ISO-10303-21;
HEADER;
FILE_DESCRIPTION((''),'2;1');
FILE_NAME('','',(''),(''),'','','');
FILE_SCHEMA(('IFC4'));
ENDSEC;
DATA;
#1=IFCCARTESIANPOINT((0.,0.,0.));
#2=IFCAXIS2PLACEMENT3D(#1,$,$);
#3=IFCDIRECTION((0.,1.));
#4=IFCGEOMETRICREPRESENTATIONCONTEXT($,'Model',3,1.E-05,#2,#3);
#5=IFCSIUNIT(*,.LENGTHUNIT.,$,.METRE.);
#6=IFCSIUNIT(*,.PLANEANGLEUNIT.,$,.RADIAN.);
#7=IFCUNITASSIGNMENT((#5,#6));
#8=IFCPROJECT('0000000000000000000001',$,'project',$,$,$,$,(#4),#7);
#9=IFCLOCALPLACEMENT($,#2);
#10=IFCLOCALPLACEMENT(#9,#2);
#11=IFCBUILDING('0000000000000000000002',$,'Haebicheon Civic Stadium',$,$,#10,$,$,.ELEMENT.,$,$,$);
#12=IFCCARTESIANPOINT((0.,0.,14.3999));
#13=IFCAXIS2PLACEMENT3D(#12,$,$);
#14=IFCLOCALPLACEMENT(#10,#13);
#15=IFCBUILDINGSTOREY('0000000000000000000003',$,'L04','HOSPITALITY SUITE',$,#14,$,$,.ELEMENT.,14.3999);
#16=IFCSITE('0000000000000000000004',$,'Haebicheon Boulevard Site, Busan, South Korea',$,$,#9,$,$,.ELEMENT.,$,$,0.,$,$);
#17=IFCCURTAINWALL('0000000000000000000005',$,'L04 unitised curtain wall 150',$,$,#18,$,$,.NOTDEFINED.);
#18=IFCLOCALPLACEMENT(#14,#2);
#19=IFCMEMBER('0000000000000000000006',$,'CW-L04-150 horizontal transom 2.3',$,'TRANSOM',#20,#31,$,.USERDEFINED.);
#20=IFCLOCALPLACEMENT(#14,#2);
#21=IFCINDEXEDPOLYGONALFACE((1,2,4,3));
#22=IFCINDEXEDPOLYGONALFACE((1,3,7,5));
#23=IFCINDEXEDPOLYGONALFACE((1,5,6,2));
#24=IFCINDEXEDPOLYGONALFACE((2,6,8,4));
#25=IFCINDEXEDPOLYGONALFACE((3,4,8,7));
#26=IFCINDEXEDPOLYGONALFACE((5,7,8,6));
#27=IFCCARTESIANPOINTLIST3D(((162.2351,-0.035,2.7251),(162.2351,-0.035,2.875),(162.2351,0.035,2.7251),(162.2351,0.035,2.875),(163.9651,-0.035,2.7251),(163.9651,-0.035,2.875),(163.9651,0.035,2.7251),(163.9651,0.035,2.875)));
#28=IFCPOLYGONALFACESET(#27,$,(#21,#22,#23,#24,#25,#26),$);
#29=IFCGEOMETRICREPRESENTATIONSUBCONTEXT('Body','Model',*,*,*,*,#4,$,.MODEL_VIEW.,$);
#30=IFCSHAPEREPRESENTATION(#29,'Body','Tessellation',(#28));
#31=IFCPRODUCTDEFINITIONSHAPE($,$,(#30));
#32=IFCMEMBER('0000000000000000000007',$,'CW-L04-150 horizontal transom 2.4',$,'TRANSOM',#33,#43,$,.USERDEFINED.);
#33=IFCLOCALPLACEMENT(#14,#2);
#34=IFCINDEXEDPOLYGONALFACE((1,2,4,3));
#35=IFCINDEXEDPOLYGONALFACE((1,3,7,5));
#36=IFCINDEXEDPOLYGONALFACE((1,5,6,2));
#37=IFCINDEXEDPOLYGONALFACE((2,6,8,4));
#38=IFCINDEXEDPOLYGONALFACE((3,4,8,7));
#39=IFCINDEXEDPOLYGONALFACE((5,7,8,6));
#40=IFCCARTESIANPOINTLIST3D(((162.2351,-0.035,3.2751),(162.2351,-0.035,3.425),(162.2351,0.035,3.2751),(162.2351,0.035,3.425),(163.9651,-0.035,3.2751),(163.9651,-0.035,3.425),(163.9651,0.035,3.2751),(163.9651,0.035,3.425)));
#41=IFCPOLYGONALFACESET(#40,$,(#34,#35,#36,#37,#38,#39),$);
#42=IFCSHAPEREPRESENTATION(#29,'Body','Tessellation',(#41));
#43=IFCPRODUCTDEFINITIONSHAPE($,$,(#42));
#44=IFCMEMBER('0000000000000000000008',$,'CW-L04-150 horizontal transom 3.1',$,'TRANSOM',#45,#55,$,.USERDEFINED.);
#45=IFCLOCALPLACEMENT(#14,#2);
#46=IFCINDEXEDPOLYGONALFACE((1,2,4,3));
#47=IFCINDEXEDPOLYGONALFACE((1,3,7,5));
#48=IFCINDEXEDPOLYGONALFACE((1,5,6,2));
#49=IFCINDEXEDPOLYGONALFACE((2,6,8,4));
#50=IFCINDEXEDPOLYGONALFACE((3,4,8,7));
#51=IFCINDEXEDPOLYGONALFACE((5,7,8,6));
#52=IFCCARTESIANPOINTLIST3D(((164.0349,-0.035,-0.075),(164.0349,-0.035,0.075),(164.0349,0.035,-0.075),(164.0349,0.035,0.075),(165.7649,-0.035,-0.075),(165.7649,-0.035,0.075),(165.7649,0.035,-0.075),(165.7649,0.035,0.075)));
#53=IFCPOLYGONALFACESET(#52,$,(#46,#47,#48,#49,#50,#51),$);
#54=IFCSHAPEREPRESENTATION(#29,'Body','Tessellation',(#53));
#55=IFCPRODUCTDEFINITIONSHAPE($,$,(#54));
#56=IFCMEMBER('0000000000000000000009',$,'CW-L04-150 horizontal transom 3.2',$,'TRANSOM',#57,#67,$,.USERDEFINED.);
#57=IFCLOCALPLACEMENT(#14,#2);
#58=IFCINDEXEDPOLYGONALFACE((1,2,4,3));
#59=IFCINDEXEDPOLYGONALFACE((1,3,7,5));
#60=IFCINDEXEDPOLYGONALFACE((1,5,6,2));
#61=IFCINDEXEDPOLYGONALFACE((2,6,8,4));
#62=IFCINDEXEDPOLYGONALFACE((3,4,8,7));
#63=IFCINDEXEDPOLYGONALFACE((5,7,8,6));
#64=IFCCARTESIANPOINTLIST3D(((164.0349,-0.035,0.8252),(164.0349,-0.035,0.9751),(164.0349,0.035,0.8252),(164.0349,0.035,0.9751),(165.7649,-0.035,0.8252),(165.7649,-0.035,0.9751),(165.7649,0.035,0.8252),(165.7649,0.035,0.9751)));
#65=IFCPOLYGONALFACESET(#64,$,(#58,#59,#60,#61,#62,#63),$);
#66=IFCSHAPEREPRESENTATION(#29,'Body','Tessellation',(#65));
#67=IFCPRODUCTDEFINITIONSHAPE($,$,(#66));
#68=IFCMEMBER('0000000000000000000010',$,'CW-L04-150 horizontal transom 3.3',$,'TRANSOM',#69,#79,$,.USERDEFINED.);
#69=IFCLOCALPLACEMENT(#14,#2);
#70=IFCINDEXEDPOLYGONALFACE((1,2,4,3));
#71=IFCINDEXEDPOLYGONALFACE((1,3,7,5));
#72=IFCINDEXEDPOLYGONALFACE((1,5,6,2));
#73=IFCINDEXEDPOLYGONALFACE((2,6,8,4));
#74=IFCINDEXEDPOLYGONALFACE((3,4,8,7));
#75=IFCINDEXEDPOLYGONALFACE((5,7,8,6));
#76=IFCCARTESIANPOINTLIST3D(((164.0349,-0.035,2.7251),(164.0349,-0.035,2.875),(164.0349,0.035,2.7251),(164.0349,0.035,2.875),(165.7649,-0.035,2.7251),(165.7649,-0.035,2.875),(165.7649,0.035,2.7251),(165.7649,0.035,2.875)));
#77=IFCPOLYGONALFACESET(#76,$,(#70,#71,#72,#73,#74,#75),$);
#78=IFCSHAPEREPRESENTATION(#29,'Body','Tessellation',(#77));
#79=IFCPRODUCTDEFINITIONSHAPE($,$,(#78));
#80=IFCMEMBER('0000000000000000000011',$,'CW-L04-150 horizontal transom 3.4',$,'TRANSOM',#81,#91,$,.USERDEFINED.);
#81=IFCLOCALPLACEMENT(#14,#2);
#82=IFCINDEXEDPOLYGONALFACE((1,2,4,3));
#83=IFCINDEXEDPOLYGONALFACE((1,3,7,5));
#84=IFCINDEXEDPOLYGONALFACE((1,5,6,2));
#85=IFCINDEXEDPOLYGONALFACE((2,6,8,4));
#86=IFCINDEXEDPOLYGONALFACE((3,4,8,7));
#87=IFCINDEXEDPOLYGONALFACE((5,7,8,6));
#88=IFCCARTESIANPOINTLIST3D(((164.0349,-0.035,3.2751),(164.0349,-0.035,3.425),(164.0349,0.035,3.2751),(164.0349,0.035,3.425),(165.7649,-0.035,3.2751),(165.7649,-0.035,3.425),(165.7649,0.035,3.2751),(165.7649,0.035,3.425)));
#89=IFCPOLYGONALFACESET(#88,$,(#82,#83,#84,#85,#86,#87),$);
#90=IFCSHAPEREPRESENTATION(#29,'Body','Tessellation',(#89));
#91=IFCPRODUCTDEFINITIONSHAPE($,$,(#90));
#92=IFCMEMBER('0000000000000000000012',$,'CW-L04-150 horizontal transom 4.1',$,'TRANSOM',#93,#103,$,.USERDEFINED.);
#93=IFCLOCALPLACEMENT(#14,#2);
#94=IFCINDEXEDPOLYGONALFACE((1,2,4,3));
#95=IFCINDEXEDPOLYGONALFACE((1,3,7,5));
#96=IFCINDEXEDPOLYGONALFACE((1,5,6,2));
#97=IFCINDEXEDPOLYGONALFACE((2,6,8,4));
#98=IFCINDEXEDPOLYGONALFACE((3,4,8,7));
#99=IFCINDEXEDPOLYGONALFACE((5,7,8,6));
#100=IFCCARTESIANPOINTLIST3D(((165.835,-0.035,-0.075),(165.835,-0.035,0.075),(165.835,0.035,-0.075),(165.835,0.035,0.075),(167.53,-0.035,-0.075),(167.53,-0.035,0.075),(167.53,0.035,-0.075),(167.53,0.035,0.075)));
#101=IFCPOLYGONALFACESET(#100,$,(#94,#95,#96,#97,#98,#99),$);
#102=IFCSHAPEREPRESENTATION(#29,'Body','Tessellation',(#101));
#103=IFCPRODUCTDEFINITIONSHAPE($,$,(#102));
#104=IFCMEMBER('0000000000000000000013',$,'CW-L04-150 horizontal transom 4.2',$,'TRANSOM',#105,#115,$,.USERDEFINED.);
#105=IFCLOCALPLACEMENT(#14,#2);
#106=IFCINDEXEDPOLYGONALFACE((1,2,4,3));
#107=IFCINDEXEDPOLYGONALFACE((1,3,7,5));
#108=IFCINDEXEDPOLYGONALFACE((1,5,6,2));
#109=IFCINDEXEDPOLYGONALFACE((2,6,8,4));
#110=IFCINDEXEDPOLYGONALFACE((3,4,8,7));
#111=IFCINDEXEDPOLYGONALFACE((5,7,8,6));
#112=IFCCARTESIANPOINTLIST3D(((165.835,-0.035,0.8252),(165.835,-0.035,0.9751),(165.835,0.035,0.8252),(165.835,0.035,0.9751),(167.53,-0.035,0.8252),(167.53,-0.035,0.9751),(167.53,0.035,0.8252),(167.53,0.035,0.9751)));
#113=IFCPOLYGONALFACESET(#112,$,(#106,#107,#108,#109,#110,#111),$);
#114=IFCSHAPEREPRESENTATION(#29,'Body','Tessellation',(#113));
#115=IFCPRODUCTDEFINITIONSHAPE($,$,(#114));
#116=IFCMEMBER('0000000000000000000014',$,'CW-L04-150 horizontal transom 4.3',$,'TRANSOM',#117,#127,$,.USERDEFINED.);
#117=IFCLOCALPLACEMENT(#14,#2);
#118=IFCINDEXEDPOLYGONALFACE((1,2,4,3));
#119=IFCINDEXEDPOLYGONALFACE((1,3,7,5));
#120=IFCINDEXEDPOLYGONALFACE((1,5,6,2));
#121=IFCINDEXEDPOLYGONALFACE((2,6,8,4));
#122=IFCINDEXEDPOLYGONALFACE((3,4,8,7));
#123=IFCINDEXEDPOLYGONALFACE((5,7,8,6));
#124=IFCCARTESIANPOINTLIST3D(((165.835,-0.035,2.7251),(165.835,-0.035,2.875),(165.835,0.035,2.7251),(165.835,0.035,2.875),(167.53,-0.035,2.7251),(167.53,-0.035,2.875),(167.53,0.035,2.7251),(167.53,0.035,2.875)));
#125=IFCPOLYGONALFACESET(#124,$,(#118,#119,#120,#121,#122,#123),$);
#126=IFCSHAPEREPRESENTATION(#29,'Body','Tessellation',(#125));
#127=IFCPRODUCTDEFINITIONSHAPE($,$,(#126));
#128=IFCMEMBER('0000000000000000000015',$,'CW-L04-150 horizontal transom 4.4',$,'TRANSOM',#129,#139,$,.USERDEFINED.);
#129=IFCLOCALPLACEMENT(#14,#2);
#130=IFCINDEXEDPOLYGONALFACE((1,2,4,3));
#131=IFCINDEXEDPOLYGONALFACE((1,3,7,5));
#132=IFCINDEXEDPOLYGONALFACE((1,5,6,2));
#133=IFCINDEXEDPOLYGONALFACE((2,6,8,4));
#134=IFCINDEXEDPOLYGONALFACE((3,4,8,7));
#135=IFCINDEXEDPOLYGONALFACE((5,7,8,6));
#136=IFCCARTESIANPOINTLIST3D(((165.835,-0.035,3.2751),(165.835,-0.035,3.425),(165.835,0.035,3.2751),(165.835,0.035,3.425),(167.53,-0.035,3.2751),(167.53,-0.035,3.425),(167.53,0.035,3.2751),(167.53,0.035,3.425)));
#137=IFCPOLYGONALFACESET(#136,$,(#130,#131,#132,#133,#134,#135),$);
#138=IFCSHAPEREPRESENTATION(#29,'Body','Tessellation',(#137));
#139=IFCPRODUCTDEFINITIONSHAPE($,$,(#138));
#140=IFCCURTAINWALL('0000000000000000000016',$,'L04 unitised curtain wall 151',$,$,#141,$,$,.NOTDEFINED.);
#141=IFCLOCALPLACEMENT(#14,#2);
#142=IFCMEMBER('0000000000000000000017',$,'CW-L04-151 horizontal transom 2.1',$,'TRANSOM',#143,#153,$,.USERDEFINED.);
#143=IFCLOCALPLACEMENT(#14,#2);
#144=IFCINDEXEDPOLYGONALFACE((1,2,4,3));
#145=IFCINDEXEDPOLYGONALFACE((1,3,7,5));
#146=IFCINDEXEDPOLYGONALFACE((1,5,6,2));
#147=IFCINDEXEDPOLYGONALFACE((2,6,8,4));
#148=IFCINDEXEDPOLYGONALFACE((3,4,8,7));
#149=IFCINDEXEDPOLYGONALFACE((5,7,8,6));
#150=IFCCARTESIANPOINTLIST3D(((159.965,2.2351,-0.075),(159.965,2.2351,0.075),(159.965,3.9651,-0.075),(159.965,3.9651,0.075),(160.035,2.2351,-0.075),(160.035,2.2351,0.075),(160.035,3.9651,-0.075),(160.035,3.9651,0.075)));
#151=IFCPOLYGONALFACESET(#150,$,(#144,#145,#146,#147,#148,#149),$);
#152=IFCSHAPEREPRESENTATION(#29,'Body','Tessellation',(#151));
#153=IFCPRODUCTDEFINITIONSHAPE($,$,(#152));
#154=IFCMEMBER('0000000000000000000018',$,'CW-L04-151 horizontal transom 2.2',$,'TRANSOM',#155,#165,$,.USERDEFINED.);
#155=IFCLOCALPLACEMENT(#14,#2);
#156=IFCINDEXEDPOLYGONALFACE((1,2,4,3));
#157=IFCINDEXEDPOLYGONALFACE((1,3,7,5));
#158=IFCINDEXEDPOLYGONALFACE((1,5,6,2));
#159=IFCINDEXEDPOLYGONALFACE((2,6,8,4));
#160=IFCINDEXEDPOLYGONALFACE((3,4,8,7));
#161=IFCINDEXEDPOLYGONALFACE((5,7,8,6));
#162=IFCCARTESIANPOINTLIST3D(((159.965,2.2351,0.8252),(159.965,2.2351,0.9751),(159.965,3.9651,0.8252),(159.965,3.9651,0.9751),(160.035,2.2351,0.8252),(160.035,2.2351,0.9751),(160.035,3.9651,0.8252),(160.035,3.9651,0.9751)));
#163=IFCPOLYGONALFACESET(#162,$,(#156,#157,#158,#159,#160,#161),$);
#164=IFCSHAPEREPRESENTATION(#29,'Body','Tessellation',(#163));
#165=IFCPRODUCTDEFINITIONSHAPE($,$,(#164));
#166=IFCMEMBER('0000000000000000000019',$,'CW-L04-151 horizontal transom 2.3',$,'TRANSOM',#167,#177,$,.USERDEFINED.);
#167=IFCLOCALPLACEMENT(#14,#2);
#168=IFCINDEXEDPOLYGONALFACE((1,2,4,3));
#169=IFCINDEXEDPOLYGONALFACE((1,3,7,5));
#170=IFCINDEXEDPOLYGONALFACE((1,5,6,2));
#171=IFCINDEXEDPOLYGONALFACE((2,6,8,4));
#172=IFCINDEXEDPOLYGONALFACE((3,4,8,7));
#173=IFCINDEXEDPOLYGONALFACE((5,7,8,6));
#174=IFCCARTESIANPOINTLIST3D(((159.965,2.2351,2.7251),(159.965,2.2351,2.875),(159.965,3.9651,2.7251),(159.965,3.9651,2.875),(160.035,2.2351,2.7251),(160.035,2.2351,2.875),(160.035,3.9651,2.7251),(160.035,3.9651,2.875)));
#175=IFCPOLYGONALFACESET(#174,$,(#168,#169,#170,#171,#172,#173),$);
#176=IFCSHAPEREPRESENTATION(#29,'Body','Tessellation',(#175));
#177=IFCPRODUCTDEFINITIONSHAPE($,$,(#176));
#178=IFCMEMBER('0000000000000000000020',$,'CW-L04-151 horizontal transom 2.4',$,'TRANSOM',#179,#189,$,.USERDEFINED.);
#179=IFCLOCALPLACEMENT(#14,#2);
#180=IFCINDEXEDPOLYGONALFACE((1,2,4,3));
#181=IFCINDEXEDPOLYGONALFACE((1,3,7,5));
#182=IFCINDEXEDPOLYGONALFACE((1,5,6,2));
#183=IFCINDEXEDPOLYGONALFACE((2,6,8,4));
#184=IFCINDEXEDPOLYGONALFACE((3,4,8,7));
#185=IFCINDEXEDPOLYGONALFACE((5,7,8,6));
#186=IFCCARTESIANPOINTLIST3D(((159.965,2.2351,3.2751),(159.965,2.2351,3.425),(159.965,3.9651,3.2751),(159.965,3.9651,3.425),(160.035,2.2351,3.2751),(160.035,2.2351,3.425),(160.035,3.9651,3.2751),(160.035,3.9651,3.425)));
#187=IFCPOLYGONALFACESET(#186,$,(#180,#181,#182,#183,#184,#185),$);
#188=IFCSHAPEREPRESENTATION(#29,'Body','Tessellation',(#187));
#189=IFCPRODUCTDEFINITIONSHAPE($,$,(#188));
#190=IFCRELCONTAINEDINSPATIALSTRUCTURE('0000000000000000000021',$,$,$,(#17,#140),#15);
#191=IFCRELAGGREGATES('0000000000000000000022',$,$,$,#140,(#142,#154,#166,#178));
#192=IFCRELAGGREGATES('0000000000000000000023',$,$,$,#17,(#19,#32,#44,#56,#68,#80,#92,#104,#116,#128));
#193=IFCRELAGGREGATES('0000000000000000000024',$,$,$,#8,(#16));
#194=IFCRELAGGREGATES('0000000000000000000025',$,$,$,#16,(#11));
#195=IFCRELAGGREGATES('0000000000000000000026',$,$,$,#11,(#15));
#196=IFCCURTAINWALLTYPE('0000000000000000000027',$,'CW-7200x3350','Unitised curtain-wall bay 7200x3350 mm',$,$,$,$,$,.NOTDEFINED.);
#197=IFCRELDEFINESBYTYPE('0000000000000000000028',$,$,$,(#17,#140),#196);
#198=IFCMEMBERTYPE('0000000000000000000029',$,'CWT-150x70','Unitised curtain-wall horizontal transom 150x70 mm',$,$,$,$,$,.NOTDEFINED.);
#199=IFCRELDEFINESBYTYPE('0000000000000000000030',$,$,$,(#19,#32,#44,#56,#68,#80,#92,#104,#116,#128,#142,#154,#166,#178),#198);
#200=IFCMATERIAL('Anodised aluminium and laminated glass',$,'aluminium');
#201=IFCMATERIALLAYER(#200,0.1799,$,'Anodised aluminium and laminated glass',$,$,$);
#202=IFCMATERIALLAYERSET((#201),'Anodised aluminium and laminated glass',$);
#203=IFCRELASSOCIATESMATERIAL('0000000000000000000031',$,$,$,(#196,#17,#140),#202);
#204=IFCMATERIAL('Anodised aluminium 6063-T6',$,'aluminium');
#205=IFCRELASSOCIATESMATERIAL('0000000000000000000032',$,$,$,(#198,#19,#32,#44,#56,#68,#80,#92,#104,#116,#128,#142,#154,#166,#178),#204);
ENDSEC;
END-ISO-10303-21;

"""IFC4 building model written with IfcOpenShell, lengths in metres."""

from ifc_helpers import new_model, si_unit, direction, frame, origin, origin_2d, place, context, subcontext, project, spatial, rectangle, extrude, material, layer, layer_set, material_profile, profile_set, type_object, element, aggregate, save


model = new_model("IFC4")

# Units and contexts
model_context = context("Model", 3, precision=1e-05, world=origin(), true_north=direction((0.0, 1.0)))
body_context = subcontext(model_context, "Body", "Model", "MODEL_VIEW")
ifc_project = project(units=[si_unit("LENGTHUNIT", "METRE"), si_unit("PLANEANGLEUNIT", "RADIAN")], contexts=[model_context])

# Site, building, storey
site_placement = place(None, origin())
site = spatial("IfcSite", under=ifc_project, at=site_placement, Name="Haebicheon Boulevard Site, Busan, South Korea", CompositionType="ELEMENT", RefElevation=0.0)
building_placement = place(site_placement, origin())
building = spatial("IfcBuilding", under=site, at=building_placement, Name="Haebicheon Civic Stadium", CompositionType="ELEMENT")
storey_placement = place(building_placement, frame((0.0, 0.0, 14.3999)))
storey = spatial("IfcBuildingStorey", under=building, at=storey_placement, Name="L04", Description="HOSPITALITY SUITE", CompositionType="ELEMENT", Elevation=14.3999)

# Curtain walls, members
ifc_material_1 = material(Name="Anodised aluminium and laminated glass", Category="aluminium")
ifc_layer_1 = layer(ifc_material_1, 0.1799, Name="Anodised aluminium and laminated glass")
ifc_layer_set_1 = layer_set([ifc_layer_1], Name="Anodised aluminium and laminated glass")
curtain_wall_type = type_object("IfcCurtainWallType", Name="CW-7200x3350", Description="Unitised curtain-wall bay 7200x3350 mm", PredefinedType="NOTDEFINED", material=ifc_layer_set_1)
curtain_wall_1_placement = place(storey_placement, origin())
curtain_wall_1 = element("IfcCurtainWall", 1, at=curtain_wall_1_placement, inside=storey, type_object=curtain_wall_type, material=ifc_layer_set_1, Name="L04 unitised curtain wall 150", PredefinedType="NOTDEFINED")
ifc_material_2 = material(Name="Anodised aluminium 6063-T6", Category="aluminium")
ifc_material_profile_1 = material_profile(ifc_material_2, rectangle(XDim=0.0701, YDim=0.1499, at=origin_2d()), Name="ALU-TRAN-70x150")
ifc_profile_set_1 = profile_set([ifc_material_profile_1], Name="Anodised aluminium 6063-T6")
member_type_1 = type_object("IfcMemberType", Name="CWT-150x70", Description="Unitised curtain-wall horizontal transom 150x70 mm", PredefinedType="NOTDEFINED", material=ifc_profile_set_1)
member_1_placement = place(storey_placement, frame((162.2351, 0.0, 2.8), z_axis=(1.0, 0.0, 0.0), x_axis=(0.0, 1.0, 0.0)))
member_1 = element("IfcMember", 2, at=member_1_placement, type_object=member_type_1, material=ifc_profile_set_1, Name="CW-L04-150 horizontal transom 2.3", ObjectType="TRANSOM", PredefinedType="USERDEFINED", context=body_context, shape_type="SweptSolid", body=[
    extrude(rectangle(XDim=0.0701, YDim=0.1499, at=origin_2d()), origin(), (0.0, 0.0, 1.0), 1.73),
])
member_2_placement = place(storey_placement, frame((162.2351, 0.0, 3.3501), z_axis=(1.0, 0.0, 0.0), x_axis=(0.0, 1.0, 0.0)))
member_2 = element("IfcMember", 3, at=member_2_placement, type_object=member_type_1, material=ifc_profile_set_1, Name="CW-L04-150 horizontal transom 2.4", ObjectType="TRANSOM", PredefinedType="USERDEFINED", context=body_context, shape_type="SweptSolid", body=[
    extrude(rectangle(XDim=0.0701, YDim=0.1499, at=origin_2d()), origin(), (0.0, 0.0, 1.0), 1.73),
])
member_3_placement = place(storey_placement, frame((164.0349, 0.0, 0.0), z_axis=(1.0, 0.0, 0.0), x_axis=(0.0, 1.0, 0.0)))
member_3 = element("IfcMember", 4, at=member_3_placement, type_object=member_type_1, material=ifc_profile_set_1, Name="CW-L04-150 horizontal transom 3.1", ObjectType="TRANSOM", PredefinedType="USERDEFINED", context=body_context, shape_type="SweptSolid", body=[
    extrude(rectangle(XDim=0.0701, YDim=0.1499, at=origin_2d()), origin(), (0.0, 0.0, 1.0), 1.73),
])
member_4_placement = place(storey_placement, frame((164.0349, 0.0, 0.9001), z_axis=(1.0, 0.0, 0.0), x_axis=(0.0, 1.0, 0.0)))
member_4 = element("IfcMember", 5, at=member_4_placement, type_object=member_type_1, material=ifc_profile_set_1, Name="CW-L04-150 horizontal transom 3.2", ObjectType="TRANSOM", PredefinedType="USERDEFINED", context=body_context, shape_type="SweptSolid", body=[
    extrude(rectangle(XDim=0.0701, YDim=0.1499, at=origin_2d()), origin(), (0.0, 0.0, 1.0), 1.73),
])
member_5_placement = place(storey_placement, frame((164.0349, 0.0, 2.8), z_axis=(1.0, 0.0, 0.0), x_axis=(0.0, 1.0, 0.0)))
member_5 = element("IfcMember", 6, at=member_5_placement, type_object=member_type_1, material=ifc_profile_set_1, Name="CW-L04-150 horizontal transom 3.3", ObjectType="TRANSOM", PredefinedType="USERDEFINED", context=body_context, shape_type="SweptSolid", body=[
    extrude(rectangle(XDim=0.0701, YDim=0.1499, at=origin_2d()), origin(), (0.0, 0.0, 1.0), 1.73),
])
member_6_placement = place(storey_placement, frame((164.0349, 0.0, 3.3501), z_axis=(1.0, 0.0, 0.0), x_axis=(0.0, 1.0, 0.0)))
member_6 = element("IfcMember", 7, at=member_6_placement, type_object=member_type_1, material=ifc_profile_set_1, Name="CW-L04-150 horizontal transom 3.4", ObjectType="TRANSOM", PredefinedType="USERDEFINED", context=body_context, shape_type="SweptSolid", body=[
    extrude(rectangle(XDim=0.0701, YDim=0.1499, at=origin_2d()), origin(), (0.0, 0.0, 1.0), 1.73),
])
member_7_placement = place(storey_placement, frame((165.835, 0.0, 0.0), z_axis=(1.0, 0.0, 0.0), x_axis=(0.0, 1.0, 0.0)))
member_7 = element("IfcMember", 8, at=member_7_placement, type_object=member_type_1, material=ifc_profile_set_1, Name="CW-L04-150 horizontal transom 4.1", ObjectType="TRANSOM", PredefinedType="USERDEFINED", context=body_context, shape_type="SweptSolid", body=[
    extrude(rectangle(XDim=0.0701, YDim=0.1499, at=origin_2d()), origin(), (0.0, 0.0, 1.0), 1.6951),
])
member_8_placement = place(storey_placement, frame((165.835, 0.0, 0.9001), z_axis=(1.0, 0.0, 0.0), x_axis=(0.0, 1.0, 0.0)))
member_8 = element("IfcMember", 9, at=member_8_placement, type_object=member_type_1, material=ifc_profile_set_1, Name="CW-L04-150 horizontal transom 4.2", ObjectType="TRANSOM", PredefinedType="USERDEFINED", context=body_context, shape_type="SweptSolid", body=[
    extrude(rectangle(XDim=0.0701, YDim=0.1499, at=origin_2d()), origin(), (0.0, 0.0, 1.0), 1.6951),
])
member_9_placement = place(storey_placement, frame((165.835, 0.0, 2.8), z_axis=(1.0, 0.0, 0.0), x_axis=(0.0, 1.0, 0.0)))
member_9 = element("IfcMember", 10, at=member_9_placement, type_object=member_type_1, material=ifc_profile_set_1, Name="CW-L04-150 horizontal transom 4.3", ObjectType="TRANSOM", PredefinedType="USERDEFINED", context=body_context, shape_type="SweptSolid", body=[
    extrude(rectangle(XDim=0.0701, YDim=0.1499, at=origin_2d()), origin(), (0.0, 0.0, 1.0), 1.6951),
])
member_10_placement = place(storey_placement, frame((165.835, 0.0, 3.3501), z_axis=(1.0, 0.0, 0.0), x_axis=(0.0, 1.0, 0.0)))
member_10 = element("IfcMember", 11, at=member_10_placement, type_object=member_type_1, material=ifc_profile_set_1, Name="CW-L04-150 horizontal transom 4.4", ObjectType="TRANSOM", PredefinedType="USERDEFINED", context=body_context, shape_type="SweptSolid", body=[
    extrude(rectangle(XDim=0.0701, YDim=0.1499, at=origin_2d()), origin(), (0.0, 0.0, 1.0), 1.6951),
])
curtain_wall_2_placement = place(storey_placement, origin())
curtain_wall_2 = element("IfcCurtainWall", 12, at=curtain_wall_2_placement, inside=storey, type_object=curtain_wall_type, material=ifc_layer_set_1, Name="L04 unitised curtain wall 151", PredefinedType="NOTDEFINED")
member_11_placement = place(storey_placement, frame((160.0, 2.2351, 0.0), z_axis=(0.0, 1.0, 0.0), x_axis=(-1.0, 0.0, 0.0)))
member_11 = element("IfcMember", 13, at=member_11_placement, type_object=member_type_1, material=ifc_profile_set_1, Name="CW-L04-151 horizontal transom 2.1", ObjectType="TRANSOM", PredefinedType="USERDEFINED", context=body_context, shape_type="SweptSolid", body=[
    extrude(rectangle(XDim=0.0701, YDim=0.1499, at=origin_2d()), origin(), (0.0, 0.0, 1.0), 1.73),
])
member_12_placement = place(storey_placement, frame((160.0, 2.2351, 0.9001), z_axis=(0.0, 1.0, 0.0), x_axis=(-1.0, 0.0, 0.0)))
member_12 = element("IfcMember", 14, at=member_12_placement, type_object=member_type_1, material=ifc_profile_set_1, Name="CW-L04-151 horizontal transom 2.2", ObjectType="TRANSOM", PredefinedType="USERDEFINED", context=body_context, shape_type="SweptSolid", body=[
    extrude(rectangle(XDim=0.0701, YDim=0.1499, at=origin_2d()), origin(), (0.0, 0.0, 1.0), 1.73),
])
member_13_placement = place(storey_placement, frame((160.0, 2.2351, 2.8), z_axis=(0.0, 1.0, 0.0), x_axis=(-1.0, 0.0, 0.0)))
member_13 = element("IfcMember", 15, at=member_13_placement, type_object=member_type_1, material=ifc_profile_set_1, Name="CW-L04-151 horizontal transom 2.3", ObjectType="TRANSOM", PredefinedType="USERDEFINED", context=body_context, shape_type="SweptSolid", body=[
    extrude(rectangle(XDim=0.0701, YDim=0.1499, at=origin_2d()), origin(), (0.0, 0.0, 1.0), 1.73),
])
member_14_placement = place(storey_placement, frame((160.0, 2.2351, 3.3501), z_axis=(0.0, 1.0, 0.0), x_axis=(-1.0, 0.0, 0.0)))
member_14 = element("IfcMember", 16, at=member_14_placement, type_object=member_type_1, material=ifc_profile_set_1, Name="CW-L04-151 horizontal transom 2.4", ObjectType="TRANSOM", PredefinedType="USERDEFINED", context=body_context, shape_type="SweptSolid", body=[
    extrude(rectangle(XDim=0.0701, YDim=0.1499, at=origin_2d()), origin(), (0.0, 0.0, 1.0), 1.73),
])
aggregate(curtain_wall_2, [member_11, member_12, member_13, member_14])

aggregate(curtain_wall_1, [member_1, member_2, member_3, member_4, member_5, member_6, member_7, member_8, member_9, member_10])

save(model, "model.ifc")
